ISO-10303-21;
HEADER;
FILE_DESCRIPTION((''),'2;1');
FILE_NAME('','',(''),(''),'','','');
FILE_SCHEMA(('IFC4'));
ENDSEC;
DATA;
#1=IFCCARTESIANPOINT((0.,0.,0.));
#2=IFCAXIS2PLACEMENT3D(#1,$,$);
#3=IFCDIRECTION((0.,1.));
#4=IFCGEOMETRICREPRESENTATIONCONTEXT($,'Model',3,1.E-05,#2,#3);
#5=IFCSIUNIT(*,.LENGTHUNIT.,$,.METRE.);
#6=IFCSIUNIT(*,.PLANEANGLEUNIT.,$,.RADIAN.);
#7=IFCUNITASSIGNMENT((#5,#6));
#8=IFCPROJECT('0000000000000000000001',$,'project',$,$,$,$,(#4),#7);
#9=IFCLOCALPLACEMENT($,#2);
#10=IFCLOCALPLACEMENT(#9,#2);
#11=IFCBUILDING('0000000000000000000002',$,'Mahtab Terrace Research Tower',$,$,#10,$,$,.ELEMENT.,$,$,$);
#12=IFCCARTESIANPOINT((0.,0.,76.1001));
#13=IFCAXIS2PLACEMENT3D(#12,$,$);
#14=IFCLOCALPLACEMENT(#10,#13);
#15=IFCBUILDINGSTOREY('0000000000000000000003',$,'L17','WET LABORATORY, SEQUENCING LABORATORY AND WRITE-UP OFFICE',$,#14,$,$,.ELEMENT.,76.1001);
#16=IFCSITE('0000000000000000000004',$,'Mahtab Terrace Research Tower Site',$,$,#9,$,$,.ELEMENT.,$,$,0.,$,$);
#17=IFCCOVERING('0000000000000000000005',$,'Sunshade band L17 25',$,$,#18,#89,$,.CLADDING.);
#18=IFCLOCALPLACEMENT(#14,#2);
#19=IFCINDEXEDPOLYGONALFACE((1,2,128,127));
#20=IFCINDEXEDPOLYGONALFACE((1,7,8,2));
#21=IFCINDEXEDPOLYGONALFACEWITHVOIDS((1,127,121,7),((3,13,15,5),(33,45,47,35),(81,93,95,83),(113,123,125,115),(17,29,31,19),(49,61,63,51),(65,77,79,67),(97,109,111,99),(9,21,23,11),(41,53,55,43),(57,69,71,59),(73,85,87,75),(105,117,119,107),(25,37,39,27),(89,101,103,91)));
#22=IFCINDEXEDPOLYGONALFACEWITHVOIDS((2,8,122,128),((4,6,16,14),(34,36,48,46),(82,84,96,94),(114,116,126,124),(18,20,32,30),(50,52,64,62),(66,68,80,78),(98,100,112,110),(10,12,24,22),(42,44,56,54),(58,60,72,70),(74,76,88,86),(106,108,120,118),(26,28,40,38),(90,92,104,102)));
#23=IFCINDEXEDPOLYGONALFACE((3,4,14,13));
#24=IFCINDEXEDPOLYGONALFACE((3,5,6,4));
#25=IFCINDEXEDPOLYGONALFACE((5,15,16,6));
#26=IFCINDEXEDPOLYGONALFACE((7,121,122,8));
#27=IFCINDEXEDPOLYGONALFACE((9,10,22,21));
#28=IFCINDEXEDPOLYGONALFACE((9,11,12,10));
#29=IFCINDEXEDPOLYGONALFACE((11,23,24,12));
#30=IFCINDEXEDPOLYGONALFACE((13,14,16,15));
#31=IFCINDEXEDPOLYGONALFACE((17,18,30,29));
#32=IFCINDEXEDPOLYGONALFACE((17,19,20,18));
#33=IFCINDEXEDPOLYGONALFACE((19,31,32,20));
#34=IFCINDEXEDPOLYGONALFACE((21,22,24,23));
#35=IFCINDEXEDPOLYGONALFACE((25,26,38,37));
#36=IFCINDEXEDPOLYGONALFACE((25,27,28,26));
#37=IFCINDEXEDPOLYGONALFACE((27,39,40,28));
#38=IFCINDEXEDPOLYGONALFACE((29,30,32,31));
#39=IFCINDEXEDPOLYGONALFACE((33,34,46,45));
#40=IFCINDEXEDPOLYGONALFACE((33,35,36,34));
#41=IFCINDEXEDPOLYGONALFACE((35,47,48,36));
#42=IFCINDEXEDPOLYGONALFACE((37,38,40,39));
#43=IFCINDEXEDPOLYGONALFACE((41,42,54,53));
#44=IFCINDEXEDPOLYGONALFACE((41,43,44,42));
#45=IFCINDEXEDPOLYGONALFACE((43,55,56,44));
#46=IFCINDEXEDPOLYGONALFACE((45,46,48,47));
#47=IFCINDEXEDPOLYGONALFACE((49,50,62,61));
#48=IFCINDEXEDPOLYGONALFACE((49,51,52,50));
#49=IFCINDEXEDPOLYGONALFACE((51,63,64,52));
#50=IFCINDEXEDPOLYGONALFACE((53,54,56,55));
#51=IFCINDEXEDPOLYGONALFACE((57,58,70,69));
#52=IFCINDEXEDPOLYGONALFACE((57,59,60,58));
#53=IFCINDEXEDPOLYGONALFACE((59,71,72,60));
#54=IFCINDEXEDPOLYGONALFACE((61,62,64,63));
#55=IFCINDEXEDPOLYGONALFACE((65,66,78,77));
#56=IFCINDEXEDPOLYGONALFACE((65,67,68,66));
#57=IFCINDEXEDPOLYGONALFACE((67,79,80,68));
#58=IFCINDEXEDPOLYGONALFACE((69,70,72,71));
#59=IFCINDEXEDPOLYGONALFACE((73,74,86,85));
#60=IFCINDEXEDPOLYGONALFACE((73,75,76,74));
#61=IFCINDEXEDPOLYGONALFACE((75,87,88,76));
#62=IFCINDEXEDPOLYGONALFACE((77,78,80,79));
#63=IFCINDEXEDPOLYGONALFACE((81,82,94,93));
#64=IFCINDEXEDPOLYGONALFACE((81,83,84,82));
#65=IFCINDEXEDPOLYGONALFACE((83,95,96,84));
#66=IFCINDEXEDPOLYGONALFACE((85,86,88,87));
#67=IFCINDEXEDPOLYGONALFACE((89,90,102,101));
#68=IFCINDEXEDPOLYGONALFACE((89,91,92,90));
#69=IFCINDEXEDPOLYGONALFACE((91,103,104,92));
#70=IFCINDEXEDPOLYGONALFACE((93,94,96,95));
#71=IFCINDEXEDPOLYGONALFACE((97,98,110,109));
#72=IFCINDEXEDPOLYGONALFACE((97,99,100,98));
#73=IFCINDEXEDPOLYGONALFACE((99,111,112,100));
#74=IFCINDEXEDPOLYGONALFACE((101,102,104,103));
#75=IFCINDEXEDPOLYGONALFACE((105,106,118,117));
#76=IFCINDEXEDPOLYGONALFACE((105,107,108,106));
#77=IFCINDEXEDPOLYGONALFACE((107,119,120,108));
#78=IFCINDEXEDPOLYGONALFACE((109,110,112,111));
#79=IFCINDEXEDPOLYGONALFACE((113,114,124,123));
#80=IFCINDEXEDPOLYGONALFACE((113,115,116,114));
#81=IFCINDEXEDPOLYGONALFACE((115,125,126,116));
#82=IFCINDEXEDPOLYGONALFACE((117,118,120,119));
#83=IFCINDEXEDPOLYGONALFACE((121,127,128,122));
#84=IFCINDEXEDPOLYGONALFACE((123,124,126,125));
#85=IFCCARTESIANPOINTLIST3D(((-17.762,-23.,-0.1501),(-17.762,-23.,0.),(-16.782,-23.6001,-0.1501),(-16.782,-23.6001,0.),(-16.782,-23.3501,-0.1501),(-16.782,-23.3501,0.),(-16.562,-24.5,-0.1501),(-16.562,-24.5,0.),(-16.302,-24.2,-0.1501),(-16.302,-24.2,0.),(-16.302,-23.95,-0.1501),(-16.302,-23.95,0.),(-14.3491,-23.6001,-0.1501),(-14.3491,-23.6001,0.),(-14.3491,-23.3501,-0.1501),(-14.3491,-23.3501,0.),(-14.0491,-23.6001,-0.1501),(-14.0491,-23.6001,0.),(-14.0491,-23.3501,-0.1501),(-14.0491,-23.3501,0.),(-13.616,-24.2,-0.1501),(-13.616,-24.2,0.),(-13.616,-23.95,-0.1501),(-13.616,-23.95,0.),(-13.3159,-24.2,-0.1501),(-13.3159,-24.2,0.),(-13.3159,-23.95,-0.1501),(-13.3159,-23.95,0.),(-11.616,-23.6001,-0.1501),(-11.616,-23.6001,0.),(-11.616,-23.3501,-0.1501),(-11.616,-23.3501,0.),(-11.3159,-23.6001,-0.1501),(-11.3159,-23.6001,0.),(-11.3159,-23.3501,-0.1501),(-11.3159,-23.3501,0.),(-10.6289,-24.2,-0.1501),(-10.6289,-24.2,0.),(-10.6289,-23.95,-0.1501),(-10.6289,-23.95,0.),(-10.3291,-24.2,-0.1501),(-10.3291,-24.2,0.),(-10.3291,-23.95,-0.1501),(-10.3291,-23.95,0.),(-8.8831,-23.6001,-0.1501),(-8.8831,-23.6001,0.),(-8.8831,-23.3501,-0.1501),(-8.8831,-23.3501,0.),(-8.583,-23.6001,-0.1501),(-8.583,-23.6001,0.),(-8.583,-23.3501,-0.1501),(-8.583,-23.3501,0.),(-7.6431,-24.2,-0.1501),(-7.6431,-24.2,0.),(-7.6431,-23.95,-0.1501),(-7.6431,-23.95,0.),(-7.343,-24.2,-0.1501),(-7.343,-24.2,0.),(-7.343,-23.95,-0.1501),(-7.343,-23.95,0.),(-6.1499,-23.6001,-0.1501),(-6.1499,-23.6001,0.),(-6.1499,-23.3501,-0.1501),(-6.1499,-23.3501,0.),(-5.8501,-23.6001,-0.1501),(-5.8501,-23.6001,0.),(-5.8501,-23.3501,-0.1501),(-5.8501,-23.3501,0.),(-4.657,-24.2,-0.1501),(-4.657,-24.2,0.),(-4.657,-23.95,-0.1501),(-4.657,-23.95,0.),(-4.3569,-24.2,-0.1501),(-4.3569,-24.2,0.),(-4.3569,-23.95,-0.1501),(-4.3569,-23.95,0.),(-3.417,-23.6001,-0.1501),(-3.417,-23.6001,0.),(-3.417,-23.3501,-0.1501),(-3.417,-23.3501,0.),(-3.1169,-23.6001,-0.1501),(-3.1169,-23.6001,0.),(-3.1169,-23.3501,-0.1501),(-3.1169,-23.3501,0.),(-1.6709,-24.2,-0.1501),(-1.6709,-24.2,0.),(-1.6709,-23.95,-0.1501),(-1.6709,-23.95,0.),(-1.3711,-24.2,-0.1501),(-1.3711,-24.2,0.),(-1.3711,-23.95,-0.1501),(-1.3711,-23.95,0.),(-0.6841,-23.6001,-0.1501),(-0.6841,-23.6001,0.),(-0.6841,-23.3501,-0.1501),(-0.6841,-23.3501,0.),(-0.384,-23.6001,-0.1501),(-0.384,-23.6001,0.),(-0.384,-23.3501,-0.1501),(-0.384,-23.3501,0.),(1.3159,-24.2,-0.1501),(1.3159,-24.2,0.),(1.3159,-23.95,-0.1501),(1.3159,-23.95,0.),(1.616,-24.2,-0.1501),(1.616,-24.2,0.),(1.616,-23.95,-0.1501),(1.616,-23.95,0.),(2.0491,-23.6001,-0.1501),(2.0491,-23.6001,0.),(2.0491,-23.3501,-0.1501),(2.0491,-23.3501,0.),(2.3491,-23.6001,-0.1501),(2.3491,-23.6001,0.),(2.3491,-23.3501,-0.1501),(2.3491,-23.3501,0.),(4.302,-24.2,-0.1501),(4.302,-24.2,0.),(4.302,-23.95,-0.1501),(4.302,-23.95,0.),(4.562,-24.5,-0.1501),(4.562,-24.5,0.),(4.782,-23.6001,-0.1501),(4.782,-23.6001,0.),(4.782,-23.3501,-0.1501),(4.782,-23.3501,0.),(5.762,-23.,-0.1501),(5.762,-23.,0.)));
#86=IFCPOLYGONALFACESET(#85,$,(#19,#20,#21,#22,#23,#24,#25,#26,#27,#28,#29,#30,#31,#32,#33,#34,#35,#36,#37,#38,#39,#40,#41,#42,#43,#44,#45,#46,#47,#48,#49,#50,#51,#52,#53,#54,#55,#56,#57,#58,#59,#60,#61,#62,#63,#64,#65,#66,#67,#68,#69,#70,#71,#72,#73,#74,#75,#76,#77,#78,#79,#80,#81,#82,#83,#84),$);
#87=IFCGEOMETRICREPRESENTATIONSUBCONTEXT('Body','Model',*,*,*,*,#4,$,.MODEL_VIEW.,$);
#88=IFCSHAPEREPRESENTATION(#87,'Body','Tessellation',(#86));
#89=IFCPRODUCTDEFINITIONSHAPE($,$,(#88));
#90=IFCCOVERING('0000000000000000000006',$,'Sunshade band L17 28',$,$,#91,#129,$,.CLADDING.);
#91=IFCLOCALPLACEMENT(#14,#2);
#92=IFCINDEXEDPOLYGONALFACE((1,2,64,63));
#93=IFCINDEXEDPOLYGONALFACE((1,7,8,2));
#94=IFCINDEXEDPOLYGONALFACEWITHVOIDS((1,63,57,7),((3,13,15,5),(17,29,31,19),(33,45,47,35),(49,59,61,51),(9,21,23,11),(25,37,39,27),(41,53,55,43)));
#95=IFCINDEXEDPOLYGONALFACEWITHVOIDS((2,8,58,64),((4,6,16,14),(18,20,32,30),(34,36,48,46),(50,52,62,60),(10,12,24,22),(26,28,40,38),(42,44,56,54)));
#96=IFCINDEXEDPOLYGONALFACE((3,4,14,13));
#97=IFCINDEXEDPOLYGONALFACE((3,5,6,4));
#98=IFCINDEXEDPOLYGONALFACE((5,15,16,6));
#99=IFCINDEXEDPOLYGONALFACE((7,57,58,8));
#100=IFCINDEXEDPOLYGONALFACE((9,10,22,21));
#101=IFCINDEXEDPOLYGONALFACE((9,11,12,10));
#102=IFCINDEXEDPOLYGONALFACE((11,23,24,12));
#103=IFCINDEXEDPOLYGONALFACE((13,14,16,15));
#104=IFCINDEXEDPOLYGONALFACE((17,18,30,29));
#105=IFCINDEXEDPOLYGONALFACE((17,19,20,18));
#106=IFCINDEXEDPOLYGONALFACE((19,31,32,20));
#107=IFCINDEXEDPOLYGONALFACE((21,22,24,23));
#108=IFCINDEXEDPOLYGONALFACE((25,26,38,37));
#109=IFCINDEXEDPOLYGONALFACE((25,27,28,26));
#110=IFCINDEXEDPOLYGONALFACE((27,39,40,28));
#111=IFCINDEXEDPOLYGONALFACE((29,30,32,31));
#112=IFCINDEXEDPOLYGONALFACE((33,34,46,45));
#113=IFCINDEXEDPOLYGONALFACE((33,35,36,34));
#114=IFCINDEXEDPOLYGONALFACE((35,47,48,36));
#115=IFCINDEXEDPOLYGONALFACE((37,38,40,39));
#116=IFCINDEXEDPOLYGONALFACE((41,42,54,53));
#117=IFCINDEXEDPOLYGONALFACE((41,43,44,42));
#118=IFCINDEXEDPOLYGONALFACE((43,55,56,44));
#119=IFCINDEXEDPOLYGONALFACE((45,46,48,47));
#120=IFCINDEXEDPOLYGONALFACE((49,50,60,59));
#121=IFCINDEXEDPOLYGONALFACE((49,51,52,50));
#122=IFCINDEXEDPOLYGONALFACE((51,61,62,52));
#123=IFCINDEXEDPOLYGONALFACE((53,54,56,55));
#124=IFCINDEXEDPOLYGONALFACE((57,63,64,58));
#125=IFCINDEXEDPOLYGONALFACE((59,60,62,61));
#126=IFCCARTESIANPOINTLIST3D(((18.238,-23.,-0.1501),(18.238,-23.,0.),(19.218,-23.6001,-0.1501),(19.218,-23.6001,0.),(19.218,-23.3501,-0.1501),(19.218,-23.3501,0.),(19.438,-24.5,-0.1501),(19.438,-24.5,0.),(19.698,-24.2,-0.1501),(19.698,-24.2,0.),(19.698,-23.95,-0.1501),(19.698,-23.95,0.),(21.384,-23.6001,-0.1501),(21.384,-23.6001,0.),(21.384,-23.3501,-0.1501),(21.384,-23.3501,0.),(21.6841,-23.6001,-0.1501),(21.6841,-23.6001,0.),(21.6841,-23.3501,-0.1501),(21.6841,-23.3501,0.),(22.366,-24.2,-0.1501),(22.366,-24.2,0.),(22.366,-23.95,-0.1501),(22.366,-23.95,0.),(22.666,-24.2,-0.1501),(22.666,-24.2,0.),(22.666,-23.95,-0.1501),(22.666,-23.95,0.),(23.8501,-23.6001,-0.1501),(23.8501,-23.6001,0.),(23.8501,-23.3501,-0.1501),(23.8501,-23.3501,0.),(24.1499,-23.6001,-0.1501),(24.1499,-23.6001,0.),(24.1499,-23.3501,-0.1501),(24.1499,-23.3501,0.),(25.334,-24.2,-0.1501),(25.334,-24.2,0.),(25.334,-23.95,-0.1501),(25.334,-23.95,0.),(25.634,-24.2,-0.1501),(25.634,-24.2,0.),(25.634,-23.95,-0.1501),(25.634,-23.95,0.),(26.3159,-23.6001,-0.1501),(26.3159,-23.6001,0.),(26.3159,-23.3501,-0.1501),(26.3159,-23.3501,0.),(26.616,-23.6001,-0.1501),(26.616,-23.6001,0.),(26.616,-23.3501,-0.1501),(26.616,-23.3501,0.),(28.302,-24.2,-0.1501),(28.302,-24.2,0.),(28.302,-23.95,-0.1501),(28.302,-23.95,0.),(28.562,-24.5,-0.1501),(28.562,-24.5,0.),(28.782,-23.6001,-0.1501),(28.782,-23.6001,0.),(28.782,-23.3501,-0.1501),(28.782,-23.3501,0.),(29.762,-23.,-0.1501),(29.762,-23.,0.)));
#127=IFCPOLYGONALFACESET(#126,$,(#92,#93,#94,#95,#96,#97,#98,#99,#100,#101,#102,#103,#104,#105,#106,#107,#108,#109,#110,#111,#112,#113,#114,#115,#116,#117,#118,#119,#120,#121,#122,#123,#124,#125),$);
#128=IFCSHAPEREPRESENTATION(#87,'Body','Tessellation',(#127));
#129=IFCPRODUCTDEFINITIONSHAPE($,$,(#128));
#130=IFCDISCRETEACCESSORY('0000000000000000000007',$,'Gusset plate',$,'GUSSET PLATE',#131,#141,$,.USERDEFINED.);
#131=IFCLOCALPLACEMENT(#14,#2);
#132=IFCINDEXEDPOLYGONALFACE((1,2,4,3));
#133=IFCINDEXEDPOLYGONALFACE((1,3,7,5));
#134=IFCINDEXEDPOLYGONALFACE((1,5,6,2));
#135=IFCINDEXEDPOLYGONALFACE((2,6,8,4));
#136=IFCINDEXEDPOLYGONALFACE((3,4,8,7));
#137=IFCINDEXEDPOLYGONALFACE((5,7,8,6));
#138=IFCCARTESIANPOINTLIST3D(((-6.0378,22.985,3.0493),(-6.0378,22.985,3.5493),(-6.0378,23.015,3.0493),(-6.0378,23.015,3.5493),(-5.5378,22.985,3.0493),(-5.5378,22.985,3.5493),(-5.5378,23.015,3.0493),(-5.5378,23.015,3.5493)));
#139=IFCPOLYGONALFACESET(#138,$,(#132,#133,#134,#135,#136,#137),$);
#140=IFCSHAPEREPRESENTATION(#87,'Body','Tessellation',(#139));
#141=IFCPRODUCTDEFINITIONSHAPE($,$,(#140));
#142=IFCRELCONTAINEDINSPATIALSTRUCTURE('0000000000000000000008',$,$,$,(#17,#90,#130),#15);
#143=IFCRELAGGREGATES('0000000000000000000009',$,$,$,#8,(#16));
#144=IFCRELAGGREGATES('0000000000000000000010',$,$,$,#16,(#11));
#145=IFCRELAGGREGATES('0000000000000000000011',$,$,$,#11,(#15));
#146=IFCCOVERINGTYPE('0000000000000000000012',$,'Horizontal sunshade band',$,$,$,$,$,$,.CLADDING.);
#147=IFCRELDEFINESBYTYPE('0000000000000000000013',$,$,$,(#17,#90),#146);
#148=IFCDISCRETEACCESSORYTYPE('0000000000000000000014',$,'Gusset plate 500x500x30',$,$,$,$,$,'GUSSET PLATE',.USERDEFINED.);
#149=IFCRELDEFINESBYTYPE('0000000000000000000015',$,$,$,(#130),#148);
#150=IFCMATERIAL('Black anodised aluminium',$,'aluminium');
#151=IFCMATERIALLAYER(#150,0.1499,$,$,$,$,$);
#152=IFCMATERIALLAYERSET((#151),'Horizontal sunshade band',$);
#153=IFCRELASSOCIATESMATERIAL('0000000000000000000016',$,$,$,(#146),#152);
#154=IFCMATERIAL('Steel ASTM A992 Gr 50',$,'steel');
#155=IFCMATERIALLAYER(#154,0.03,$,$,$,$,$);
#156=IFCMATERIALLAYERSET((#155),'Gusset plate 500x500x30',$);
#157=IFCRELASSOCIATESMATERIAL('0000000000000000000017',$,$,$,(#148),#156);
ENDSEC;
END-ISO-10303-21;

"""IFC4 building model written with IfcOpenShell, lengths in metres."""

from ifc_helpers import new_model, si_unit, direction, frame, origin, origin_2d, place, context, subcontext, project, spatial, polyline, rectangle, outline, extrude, material, layer, layer_set, type_object, element, save


model = new_model("IFC4")

# Units and contexts
model_context = context("Model", 3, precision=1e-05, world=origin(), true_north=direction((0.0, 1.0)))
body_context = subcontext(model_context, "Body", "Model", "MODEL_VIEW")
ifc_project = project(units=[si_unit("LENGTHUNIT", "METRE"), si_unit("PLANEANGLEUNIT", "RADIAN")], contexts=[model_context])

# Site, building, storey
site_placement = place(None, origin())
site = spatial("IfcSite", under=ifc_project, at=site_placement, Name="Mahtab Terrace Research Tower Site", CompositionType="ELEMENT", RefElevation=0.0)
building_placement = place(site_placement, origin())
building = spatial("IfcBuilding", under=site, at=building_placement, Name="Mahtab Terrace Research Tower", CompositionType="ELEMENT")
storey_placement = place(building_placement, frame((0.0, 0.0, 76.1001)))
storey = spatial("IfcBuildingStorey", under=building, at=storey_placement, Name="L17", Description="WET LABORATORY, SEQUENCING LABORATORY AND WRITE-UP OFFICE", CompositionType="ELEMENT", Elevation=76.1001)

# Shared definitions
ifc_material_1 = material(Name="Steel ASTM A992 Gr 50", Category="steel")

# Coverings
ifc_material_2 = material(Name="Black anodised aluminium", Category="aluminium")
ifc_layer_1 = layer(ifc_material_2, 0.1499)
ifc_layer_set_1 = layer_set([ifc_layer_1], Name="Horizontal sunshade band")
covering_type = type_object("IfcCoveringType", Name="Horizontal sunshade band", PredefinedType="CLADDING", material=ifc_layer_set_1)
covering_1_placement = place(storey_placement, frame((0.0, 0.0, -0.1501)))
element("IfcCovering", 1, at=covering_1_placement, inside=storey, type_object=covering_type, Name="Sunshade band L17 25", PredefinedType="CLADDING", context=body_context, shape_type="SweptSolid", body=[
    extrude(outline(polyline([(-17.762, -23.0), (5.762, -23.0), (4.562, -24.5), (-16.562, -24.5), (-17.762, -23.0)]), holes=[polyline([(-16.782, -23.3501), (-14.3491, -23.3501), (-14.3491, -23.6001), (-16.782, -23.6001), (-16.782, -23.3501)]), polyline([(-14.0491, -23.3501), (-11.616, -23.3501), (-11.616, -23.6001), (-14.0491, -23.6001), (-14.0491, -23.3501)]), polyline([(-11.3159, -23.3501), (-8.8831, -23.3501), (-8.8831, -23.6001), (-11.3159, -23.6001), (-11.3159, -23.3501)]), polyline([(-8.583, -23.3501), (-6.1499, -23.3501), (-6.1499, -23.6001), (-8.583, -23.6001), (-8.583, -23.3501)]), polyline([(-5.8501, -23.3501), (-3.417, -23.3501), (-3.417, -23.6001), (-5.8501, -23.6001), (-5.8501, -23.3501)]), polyline([(-3.1169, -23.3501), (-0.6841, -23.3501), (-0.6841, -23.6001), (-3.1169, -23.6001), (-3.1169, -23.3501)]), polyline([(-0.384, -23.3501), (2.0491, -23.3501), (2.0491, -23.6001), (-0.384, -23.6001), (-0.384, -23.3501)]), polyline([(2.3491, -23.3501), (4.782, -23.3501), (4.782, -23.6001), (2.3491, -23.6001), (2.3491, -23.3501)]), polyline([(-16.302, -23.95), (-13.616, -23.95), (-13.616, -24.2), (-16.302, -24.2), (-16.302, -23.95)]), polyline([(-13.3159, -23.95), (-10.6289, -23.95), (-10.6289, -24.2), (-13.3159, -24.2), (-13.3159, -23.95)]), polyline([(-10.3291, -23.95), (-7.6431, -23.95), (-7.6431, -24.2), (-10.3291, -24.2), (-10.3291, -23.95)]), polyline([(-7.343, -23.95), (-4.657, -23.95), (-4.657, -24.2), (-7.343, -24.2), (-7.343, -23.95)]), polyline([(-4.3569, -23.95), (-1.6709, -23.95), (-1.6709, -24.2), (-4.3569, -24.2), (-4.3569, -23.95)]), polyline([(-1.3711, -23.95), (1.3159, -23.95), (1.3159, -24.2), (-1.3711, -24.2), (-1.3711, -23.95)]), polyline([(1.616, -23.95), (4.302, -23.95), (4.302, -24.2), (1.616, -24.2), (1.616, -23.95)])]), origin(), (0.0, 0.0, 1.0), 0.1501),
])
covering_2_placement = place(storey_placement, frame((0.0, 0.0, -0.1501)))
element("IfcCovering", 2, at=covering_2_placement, inside=storey, type_object=covering_type, Name="Sunshade band L17 28", PredefinedType="CLADDING", context=body_context, shape_type="SweptSolid", body=[
    extrude(outline(polyline([(18.238, -23.0), (29.762, -23.0), (28.562, -24.5), (19.438, -24.5), (18.238, -23.0)]), holes=[polyline([(19.218, -23.3501), (21.384, -23.3501), (21.384, -23.6001), (19.218, -23.6001), (19.218, -23.3501)]), polyline([(21.6841, -23.3501), (23.8501, -23.3501), (23.8501, -23.6001), (21.6841, -23.6001), (21.6841, -23.3501)]), polyline([(24.1499, -23.3501), (26.3159, -23.3501), (26.3159, -23.6001), (24.1499, -23.6001), (24.1499, -23.3501)]), polyline([(26.616, -23.3501), (28.782, -23.3501), (28.782, -23.6001), (26.616, -23.6001), (26.616, -23.3501)]), polyline([(19.698, -23.95), (22.366, -23.95), (22.366, -24.2), (19.698, -24.2), (19.698, -23.95)]), polyline([(22.666, -23.95), (25.334, -23.95), (25.334, -24.2), (22.666, -24.2), (22.666, -23.95)]), polyline([(25.634, -23.95), (28.302, -23.95), (28.302, -24.2), (25.634, -24.2), (25.634, -23.95)])]), origin(), (0.0, 0.0, 1.0), 0.1501),
])

# Discrete accessory
ifc_layer_2 = layer(ifc_material_1, 0.03)
ifc_layer_set_2 = layer_set([ifc_layer_2], Name="Gusset plate 500x500x30")
discrete_accessory_type = type_object("IfcDiscreteAccessoryType", Name="Gusset plate 500x500x30", ElementType="GUSSET PLATE", PredefinedType="USERDEFINED", material=ifc_layer_set_2)
discrete_accessory_placement = place(storey_placement, frame((-5.7878, 23.0, 3.0493), z_axis=(0.0, 0.0, 1.0), x_axis=(1.0, 0.0, 0.0)))
element("IfcDiscreteAccessory", 3, at=discrete_accessory_placement, inside=storey, type_object=discrete_accessory_type, Name="Gusset plate", ObjectType="GUSSET PLATE", PredefinedType="USERDEFINED", context=body_context, shape_type="SweptSolid", body=[
    extrude(rectangle(XDim=0.5, YDim=0.03, at=origin_2d()), origin(), (0.0, 0.0, 1.0), 0.5),
])

save(model, "model.ifc")
